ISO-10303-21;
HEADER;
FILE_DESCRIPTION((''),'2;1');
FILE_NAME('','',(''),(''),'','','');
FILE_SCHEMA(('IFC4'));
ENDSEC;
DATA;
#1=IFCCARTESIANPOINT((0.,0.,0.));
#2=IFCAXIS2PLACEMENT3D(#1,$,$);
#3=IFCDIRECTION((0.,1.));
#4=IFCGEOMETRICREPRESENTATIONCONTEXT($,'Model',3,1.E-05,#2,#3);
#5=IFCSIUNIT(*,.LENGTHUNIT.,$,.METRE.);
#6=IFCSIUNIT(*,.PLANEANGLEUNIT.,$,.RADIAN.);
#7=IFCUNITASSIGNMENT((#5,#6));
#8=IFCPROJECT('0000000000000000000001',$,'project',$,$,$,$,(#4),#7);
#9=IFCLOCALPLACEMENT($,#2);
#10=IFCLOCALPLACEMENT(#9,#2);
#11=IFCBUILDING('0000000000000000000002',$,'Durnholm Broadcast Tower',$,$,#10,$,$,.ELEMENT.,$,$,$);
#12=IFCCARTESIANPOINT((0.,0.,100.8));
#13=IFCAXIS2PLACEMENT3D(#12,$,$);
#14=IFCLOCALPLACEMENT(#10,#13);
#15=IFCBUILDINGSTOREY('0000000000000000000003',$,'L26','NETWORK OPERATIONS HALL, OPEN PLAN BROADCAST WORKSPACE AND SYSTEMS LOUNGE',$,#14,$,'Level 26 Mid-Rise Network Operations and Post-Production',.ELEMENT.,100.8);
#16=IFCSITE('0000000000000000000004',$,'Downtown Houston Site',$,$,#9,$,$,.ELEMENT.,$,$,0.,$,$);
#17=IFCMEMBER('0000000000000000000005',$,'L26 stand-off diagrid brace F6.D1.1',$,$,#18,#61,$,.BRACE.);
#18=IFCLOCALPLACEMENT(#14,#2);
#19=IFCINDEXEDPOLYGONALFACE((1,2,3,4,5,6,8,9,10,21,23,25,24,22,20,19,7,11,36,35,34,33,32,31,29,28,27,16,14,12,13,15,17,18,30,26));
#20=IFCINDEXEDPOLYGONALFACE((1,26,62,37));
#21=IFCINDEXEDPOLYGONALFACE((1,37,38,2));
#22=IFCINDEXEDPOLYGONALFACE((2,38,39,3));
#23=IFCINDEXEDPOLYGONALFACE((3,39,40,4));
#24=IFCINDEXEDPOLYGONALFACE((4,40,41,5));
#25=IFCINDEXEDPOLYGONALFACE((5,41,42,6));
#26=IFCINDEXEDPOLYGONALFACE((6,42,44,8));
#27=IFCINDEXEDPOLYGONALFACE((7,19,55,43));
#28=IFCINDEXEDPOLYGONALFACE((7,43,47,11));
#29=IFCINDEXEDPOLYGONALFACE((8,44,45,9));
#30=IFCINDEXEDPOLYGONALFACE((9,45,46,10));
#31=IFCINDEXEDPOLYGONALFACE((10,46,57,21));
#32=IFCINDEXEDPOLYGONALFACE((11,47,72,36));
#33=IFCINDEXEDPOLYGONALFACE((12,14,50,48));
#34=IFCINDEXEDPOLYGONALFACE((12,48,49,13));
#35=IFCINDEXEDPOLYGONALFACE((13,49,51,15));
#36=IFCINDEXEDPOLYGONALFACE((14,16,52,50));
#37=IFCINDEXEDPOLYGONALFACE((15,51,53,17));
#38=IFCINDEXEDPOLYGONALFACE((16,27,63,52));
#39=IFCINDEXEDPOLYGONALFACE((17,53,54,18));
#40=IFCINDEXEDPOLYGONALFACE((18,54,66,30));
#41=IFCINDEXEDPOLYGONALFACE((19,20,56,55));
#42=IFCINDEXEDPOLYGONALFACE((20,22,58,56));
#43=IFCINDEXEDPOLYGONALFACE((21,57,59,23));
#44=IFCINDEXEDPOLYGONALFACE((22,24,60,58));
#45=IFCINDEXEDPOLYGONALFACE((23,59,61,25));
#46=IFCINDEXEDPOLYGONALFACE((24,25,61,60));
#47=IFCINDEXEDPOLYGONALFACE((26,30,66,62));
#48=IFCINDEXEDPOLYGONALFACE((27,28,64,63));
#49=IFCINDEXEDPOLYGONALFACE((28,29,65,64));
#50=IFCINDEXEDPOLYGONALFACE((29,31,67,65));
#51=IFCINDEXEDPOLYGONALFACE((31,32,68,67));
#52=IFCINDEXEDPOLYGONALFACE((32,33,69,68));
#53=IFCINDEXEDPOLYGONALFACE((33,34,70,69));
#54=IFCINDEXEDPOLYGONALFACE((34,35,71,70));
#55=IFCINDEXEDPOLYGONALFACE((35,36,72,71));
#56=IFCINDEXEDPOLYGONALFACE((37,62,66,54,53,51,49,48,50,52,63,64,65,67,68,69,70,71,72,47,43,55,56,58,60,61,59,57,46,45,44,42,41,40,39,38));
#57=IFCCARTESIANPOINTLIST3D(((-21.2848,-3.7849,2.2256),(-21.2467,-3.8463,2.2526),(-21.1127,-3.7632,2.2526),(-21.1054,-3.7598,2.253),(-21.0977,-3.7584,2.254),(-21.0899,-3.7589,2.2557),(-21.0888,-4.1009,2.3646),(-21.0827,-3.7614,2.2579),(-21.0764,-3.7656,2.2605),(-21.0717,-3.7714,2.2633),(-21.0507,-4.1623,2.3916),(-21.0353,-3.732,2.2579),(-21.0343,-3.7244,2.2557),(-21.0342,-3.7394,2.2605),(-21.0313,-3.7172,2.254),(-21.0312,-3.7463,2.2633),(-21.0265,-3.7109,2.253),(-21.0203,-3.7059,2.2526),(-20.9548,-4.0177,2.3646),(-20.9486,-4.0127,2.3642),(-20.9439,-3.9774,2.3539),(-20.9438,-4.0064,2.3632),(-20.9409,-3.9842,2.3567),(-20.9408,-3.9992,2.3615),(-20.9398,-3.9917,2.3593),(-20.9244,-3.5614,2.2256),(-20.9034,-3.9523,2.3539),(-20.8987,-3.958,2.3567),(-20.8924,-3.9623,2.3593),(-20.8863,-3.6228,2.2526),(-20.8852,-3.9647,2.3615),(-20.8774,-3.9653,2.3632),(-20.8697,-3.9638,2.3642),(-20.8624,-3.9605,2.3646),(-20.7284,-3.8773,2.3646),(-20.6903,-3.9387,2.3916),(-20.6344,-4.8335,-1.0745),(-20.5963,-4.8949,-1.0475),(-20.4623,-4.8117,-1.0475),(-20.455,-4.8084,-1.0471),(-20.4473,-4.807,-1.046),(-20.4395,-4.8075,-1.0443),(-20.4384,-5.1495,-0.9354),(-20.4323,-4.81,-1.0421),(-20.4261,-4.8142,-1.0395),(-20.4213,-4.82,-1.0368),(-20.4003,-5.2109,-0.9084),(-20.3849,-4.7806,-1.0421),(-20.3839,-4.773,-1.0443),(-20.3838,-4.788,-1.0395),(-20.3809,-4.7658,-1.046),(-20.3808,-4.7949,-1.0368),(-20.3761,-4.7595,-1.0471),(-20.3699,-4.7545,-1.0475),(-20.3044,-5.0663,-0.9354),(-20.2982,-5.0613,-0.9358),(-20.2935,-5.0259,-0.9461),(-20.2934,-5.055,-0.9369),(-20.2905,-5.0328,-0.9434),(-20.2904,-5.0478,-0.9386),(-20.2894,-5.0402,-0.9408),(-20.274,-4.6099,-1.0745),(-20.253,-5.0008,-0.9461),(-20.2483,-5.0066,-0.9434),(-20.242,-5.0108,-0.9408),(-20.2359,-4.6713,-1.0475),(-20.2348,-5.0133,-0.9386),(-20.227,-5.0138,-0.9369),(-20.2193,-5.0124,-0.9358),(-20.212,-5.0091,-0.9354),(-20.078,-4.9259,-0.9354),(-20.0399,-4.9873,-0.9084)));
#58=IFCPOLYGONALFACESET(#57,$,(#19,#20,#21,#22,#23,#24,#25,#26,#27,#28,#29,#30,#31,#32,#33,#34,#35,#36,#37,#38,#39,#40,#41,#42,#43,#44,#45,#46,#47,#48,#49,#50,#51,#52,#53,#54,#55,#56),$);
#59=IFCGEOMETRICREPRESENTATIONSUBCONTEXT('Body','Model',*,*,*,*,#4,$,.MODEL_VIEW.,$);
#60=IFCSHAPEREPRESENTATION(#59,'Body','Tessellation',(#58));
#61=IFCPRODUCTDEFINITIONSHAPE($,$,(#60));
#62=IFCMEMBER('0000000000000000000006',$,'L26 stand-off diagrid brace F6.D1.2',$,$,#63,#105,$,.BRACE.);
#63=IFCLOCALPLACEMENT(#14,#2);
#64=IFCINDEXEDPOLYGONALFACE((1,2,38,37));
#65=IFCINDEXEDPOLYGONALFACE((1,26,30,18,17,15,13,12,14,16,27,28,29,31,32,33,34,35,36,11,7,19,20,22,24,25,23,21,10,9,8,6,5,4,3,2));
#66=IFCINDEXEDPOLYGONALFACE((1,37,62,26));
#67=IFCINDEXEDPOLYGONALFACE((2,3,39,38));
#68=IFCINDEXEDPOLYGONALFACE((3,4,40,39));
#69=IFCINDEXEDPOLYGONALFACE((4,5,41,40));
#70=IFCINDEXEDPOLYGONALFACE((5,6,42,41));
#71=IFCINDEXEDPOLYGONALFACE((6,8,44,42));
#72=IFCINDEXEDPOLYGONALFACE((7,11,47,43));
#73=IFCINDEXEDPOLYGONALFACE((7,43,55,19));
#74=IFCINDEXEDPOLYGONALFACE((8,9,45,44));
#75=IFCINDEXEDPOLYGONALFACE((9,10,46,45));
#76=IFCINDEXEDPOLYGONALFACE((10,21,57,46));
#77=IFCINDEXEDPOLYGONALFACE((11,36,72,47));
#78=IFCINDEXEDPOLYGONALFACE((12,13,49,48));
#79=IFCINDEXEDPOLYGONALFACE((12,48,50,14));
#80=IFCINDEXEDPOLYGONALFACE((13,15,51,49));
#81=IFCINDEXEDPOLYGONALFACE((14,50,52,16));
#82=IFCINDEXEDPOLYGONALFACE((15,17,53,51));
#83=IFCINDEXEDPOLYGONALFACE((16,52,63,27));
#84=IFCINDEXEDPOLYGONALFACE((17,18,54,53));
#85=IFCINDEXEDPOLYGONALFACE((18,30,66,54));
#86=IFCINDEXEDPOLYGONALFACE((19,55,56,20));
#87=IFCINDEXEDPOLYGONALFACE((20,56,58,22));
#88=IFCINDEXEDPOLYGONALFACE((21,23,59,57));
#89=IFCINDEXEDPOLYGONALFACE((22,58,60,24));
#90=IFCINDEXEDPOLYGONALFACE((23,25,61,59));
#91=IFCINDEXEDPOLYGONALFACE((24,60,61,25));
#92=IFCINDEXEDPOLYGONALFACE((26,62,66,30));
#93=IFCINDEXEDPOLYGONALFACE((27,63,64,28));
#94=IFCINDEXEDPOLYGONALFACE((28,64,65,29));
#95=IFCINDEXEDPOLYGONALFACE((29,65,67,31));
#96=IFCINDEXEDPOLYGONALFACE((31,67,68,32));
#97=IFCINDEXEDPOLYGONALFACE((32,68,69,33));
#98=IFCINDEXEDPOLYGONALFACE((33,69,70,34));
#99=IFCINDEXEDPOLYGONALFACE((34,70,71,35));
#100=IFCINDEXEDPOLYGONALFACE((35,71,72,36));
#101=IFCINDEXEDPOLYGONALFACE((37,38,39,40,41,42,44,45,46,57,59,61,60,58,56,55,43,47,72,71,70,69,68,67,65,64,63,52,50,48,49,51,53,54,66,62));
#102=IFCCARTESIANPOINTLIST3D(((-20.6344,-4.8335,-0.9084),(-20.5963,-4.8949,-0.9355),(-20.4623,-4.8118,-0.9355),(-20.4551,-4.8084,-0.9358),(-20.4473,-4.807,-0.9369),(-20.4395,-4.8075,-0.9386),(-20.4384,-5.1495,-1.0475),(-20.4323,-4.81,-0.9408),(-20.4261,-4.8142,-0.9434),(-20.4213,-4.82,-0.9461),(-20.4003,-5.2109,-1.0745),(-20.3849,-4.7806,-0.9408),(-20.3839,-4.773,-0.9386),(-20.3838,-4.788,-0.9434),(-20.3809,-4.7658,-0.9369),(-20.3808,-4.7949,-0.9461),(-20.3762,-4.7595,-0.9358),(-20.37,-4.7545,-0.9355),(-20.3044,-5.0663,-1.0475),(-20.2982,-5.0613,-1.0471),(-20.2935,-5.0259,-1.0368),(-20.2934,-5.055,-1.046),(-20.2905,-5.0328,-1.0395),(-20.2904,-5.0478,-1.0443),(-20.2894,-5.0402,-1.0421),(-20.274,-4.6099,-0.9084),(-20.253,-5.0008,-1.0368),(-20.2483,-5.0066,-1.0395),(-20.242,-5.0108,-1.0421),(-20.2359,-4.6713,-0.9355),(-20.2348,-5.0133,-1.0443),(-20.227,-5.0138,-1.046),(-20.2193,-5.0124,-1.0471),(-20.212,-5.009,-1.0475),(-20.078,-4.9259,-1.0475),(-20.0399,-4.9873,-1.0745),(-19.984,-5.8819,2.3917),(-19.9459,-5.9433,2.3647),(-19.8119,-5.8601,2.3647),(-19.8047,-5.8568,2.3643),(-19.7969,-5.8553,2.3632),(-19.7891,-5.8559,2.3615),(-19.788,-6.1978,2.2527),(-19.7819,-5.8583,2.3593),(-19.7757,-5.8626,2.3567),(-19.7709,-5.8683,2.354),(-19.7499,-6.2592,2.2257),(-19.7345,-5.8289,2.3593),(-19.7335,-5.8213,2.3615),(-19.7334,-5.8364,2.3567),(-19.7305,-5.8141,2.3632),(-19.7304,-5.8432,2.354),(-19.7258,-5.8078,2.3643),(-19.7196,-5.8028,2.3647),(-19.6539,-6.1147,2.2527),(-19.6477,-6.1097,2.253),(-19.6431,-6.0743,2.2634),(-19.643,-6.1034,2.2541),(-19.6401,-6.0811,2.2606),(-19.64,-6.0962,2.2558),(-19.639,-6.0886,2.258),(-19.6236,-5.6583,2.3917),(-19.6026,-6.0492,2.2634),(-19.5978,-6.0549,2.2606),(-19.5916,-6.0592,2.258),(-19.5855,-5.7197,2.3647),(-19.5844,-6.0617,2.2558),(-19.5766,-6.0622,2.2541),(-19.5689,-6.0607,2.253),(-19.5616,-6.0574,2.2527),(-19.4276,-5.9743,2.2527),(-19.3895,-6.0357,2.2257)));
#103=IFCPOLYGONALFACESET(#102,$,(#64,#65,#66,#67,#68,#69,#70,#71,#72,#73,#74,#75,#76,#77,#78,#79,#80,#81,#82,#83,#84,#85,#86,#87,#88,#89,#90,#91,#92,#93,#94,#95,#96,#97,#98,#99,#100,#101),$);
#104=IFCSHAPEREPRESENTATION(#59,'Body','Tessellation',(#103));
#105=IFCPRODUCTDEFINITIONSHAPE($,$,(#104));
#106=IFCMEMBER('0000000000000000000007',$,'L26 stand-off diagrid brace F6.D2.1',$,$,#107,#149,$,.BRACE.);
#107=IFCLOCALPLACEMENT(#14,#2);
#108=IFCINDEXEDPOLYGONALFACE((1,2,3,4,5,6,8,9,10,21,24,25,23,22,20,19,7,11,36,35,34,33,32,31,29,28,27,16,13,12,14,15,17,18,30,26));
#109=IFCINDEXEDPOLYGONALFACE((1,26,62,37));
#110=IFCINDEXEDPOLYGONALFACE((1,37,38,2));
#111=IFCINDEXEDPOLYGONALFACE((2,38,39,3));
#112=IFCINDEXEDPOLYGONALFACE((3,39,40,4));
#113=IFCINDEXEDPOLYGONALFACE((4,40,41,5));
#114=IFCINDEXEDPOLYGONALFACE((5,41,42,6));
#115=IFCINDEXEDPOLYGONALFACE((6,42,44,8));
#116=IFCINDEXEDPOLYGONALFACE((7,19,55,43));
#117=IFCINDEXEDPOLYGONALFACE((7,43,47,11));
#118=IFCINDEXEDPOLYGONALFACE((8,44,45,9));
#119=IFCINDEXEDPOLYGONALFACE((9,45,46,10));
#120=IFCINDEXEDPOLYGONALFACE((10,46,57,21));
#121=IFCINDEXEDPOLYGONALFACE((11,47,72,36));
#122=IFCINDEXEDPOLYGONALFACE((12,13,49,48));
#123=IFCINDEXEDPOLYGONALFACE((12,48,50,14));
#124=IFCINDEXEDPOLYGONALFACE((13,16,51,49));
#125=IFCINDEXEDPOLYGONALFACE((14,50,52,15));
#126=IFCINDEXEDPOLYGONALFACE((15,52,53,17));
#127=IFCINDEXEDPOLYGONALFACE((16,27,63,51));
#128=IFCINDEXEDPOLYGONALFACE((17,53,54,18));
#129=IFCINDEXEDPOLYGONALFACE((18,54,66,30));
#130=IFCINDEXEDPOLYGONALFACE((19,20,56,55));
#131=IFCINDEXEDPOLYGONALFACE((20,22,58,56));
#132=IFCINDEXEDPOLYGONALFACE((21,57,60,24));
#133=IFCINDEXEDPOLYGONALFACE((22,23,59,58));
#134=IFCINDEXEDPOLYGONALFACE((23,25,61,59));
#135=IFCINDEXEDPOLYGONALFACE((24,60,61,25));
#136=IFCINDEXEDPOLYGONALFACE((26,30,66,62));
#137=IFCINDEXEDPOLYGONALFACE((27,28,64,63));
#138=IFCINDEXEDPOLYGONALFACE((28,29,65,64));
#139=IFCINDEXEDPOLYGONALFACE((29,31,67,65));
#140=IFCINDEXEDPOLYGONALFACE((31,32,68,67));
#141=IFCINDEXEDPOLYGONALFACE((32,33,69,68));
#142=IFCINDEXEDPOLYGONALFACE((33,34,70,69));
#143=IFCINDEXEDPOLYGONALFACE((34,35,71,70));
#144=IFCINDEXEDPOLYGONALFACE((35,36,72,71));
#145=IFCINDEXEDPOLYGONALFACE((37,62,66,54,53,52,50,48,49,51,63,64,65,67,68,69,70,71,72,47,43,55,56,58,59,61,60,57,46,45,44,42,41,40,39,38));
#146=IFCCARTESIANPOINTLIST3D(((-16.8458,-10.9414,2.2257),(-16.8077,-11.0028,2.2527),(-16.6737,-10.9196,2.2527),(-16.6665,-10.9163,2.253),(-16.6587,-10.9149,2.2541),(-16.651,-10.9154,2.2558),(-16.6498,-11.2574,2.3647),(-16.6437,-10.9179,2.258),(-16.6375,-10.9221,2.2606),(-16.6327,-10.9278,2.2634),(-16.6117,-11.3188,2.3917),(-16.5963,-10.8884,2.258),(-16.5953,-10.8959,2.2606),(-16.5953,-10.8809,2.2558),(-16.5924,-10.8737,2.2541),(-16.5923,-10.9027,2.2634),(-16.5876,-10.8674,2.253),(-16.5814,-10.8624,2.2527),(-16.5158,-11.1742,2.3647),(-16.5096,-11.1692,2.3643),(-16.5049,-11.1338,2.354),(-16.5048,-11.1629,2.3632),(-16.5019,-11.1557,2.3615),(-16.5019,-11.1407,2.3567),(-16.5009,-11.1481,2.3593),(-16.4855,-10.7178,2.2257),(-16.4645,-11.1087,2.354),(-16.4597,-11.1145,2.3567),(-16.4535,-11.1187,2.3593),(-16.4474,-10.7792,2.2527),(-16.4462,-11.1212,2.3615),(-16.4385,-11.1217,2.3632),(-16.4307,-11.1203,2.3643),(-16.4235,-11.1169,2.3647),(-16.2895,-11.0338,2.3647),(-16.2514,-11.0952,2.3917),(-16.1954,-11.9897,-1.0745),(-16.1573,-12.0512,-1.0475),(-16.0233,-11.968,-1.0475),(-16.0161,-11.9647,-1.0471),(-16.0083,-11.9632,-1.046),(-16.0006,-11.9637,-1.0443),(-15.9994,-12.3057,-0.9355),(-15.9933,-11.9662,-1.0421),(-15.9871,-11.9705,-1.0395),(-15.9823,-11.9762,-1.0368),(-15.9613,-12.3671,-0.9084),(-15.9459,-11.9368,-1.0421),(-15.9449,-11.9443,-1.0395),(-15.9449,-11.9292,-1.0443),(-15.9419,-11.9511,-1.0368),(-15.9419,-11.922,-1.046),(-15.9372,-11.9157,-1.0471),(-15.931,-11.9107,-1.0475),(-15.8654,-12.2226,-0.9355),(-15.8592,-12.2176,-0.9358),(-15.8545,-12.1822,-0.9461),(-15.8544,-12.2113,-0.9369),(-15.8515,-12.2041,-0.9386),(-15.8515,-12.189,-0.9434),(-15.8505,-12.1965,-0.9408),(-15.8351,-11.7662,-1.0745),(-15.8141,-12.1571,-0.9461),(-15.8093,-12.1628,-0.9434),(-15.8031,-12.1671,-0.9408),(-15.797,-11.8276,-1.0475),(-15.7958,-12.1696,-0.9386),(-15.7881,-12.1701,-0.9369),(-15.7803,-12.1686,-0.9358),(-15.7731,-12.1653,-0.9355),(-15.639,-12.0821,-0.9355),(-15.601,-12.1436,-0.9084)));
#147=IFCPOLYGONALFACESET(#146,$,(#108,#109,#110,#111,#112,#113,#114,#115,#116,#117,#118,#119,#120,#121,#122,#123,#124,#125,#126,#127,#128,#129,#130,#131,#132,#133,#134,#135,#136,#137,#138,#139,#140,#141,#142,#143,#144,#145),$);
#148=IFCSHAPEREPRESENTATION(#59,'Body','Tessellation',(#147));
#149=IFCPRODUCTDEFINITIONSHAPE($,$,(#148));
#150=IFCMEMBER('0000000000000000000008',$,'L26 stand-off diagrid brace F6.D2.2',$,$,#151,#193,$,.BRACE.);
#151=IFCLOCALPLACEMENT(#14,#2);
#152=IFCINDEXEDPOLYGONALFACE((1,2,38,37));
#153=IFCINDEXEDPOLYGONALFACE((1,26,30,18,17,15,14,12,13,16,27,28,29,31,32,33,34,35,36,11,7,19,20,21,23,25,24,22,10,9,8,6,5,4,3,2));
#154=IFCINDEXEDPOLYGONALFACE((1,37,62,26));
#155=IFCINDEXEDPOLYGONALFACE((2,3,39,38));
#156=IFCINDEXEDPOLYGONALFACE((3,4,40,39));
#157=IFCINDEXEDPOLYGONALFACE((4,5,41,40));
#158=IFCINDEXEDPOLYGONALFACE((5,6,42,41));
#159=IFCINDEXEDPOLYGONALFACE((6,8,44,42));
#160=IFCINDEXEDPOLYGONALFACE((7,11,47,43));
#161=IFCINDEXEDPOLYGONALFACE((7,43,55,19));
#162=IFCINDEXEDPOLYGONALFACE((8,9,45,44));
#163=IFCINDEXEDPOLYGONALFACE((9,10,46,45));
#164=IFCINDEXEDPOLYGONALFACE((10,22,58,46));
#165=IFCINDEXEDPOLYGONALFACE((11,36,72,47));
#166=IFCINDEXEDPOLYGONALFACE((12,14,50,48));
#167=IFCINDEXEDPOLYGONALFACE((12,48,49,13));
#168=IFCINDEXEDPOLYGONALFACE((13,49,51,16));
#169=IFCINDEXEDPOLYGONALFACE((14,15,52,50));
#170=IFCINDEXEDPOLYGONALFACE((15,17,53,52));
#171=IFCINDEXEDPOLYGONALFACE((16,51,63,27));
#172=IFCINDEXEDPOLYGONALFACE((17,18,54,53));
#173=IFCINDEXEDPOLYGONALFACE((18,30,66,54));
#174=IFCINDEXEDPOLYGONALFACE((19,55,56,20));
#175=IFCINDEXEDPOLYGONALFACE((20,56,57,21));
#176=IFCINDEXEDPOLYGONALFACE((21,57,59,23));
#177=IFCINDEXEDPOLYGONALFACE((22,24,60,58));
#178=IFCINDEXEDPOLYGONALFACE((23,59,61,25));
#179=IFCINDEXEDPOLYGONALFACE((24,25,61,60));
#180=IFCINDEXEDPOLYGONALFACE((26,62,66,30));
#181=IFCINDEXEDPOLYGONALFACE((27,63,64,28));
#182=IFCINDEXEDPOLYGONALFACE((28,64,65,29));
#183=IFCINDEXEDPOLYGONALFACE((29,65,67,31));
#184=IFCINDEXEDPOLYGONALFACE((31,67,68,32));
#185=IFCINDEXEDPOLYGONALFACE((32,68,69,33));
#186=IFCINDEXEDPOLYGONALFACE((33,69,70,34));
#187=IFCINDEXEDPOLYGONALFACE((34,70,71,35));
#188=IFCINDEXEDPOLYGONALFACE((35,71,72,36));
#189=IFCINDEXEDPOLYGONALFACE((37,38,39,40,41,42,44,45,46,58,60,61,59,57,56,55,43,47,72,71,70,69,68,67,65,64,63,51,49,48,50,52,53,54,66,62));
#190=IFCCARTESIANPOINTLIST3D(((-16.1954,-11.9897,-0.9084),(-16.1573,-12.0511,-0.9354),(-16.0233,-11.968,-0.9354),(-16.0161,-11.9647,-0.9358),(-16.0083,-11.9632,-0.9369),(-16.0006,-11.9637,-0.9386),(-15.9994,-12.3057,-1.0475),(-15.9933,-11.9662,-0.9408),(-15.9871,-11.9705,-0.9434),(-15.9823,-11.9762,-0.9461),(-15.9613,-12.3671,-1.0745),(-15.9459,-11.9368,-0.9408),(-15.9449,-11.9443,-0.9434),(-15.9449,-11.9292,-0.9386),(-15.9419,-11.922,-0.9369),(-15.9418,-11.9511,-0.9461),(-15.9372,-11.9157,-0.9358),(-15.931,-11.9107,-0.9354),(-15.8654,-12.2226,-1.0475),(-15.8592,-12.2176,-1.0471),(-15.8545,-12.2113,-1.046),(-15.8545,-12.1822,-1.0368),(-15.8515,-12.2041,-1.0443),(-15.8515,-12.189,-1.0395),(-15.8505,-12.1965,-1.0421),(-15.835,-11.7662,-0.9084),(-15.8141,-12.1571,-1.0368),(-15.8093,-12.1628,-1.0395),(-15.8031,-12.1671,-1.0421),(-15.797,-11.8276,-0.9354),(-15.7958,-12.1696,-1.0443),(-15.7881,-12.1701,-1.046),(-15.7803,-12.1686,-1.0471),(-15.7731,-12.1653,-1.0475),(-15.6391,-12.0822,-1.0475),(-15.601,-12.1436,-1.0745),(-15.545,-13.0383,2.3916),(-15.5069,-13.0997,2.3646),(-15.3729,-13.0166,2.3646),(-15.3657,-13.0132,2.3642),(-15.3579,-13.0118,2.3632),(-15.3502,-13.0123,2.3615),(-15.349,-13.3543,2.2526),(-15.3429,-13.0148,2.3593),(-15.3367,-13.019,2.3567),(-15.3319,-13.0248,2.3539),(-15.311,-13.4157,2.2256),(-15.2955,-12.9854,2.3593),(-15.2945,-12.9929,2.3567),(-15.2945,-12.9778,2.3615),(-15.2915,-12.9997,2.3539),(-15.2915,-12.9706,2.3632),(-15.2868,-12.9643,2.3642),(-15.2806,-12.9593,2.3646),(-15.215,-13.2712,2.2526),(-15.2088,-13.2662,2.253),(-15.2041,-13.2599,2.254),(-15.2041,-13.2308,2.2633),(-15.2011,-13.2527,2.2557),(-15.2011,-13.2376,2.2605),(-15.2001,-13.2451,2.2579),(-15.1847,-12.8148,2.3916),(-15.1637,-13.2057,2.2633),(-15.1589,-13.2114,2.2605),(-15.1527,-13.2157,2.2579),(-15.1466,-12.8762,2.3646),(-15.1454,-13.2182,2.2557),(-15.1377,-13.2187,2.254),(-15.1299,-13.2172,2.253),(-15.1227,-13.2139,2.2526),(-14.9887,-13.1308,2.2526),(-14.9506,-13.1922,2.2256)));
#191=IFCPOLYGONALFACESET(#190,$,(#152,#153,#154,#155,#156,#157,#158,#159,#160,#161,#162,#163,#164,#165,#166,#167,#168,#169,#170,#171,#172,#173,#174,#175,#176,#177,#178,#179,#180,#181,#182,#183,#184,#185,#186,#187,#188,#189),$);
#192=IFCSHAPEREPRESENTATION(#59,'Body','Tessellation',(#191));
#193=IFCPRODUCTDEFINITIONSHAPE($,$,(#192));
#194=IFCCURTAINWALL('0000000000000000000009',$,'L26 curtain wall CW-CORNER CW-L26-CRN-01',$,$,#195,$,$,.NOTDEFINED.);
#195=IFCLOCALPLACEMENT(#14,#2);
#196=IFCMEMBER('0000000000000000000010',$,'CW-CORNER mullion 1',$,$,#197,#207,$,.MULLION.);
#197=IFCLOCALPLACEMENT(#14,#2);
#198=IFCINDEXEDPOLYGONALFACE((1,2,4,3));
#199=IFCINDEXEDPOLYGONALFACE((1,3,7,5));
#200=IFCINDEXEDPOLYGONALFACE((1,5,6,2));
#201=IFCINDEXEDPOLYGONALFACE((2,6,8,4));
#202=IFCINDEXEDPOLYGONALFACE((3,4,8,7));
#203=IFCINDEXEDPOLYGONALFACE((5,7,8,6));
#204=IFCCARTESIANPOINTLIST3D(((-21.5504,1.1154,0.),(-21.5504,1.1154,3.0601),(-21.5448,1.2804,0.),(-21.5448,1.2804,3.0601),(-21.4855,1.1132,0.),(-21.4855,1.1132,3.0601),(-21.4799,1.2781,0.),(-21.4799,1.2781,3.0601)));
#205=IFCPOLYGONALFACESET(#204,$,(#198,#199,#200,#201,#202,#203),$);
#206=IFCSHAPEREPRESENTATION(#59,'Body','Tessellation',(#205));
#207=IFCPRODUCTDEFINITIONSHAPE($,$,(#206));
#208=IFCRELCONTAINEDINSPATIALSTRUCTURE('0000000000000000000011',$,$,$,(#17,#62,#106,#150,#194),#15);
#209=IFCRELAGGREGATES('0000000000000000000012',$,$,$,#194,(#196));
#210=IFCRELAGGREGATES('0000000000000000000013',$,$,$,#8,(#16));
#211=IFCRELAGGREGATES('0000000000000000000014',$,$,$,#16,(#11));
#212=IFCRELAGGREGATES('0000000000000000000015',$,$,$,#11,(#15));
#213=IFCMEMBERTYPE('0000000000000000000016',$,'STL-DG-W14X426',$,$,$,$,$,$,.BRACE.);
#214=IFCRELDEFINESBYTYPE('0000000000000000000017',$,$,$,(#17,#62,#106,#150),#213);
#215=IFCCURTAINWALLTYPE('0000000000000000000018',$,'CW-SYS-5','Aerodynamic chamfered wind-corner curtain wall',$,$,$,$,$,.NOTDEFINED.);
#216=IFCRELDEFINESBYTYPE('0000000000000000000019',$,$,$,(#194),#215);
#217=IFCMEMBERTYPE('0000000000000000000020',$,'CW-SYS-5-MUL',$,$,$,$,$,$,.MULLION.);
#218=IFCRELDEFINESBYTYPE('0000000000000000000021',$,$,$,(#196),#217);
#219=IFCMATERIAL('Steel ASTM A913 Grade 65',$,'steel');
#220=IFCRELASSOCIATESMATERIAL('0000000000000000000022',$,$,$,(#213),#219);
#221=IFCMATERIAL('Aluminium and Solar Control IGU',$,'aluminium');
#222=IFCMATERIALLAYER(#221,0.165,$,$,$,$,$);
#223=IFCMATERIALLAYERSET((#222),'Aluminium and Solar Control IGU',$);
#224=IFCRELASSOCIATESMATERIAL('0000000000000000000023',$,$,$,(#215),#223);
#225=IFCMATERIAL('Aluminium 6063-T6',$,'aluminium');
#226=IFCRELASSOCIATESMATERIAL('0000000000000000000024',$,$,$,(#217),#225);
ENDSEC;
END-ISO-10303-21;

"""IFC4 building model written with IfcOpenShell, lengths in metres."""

from ifc_helpers import new_model, si_unit, direction, frame, origin, origin_2d, place, context, subcontext, project, spatial, rectangle, i_section, extrude, source, transform, mapped, material, layer, layer_set, material_profile, profile_set, type_object, type_shapes, element, aggregate, save


model = new_model("IFC4")

# Units and contexts
model_context = context("Model", 3, precision=1e-05, world=origin(), true_north=direction((0.0, 1.0)))
body_context = subcontext(model_context, "Body", "Model", "MODEL_VIEW")
ifc_project = project(units=[si_unit("LENGTHUNIT", "METRE"), si_unit("PLANEANGLEUNIT", "RADIAN")], contexts=[model_context])

# Site, building, storey
site_placement = place(None, origin())
site = spatial("IfcSite", under=ifc_project, at=site_placement, Name="Downtown Houston Site", CompositionType="ELEMENT", RefElevation=0.0)
building_placement = place(site_placement, origin())
building = spatial("IfcBuilding", under=site, at=building_placement, Name="Durnholm Broadcast Tower", CompositionType="ELEMENT")
storey_placement = place(building_placement, frame((0.0, 0.0, 100.8)))
storey = spatial("IfcBuildingStorey", under=building, at=storey_placement, Name="L26", Description="NETWORK OPERATIONS HALL, OPEN PLAN BROADCAST WORKSPACE AND SYSTEMS LOUNGE", LongName="Level 26 Mid-Rise Network Operations and Post-Production", CompositionType="ELEMENT", Elevation=100.8)

# Members
ifc_material_1 = material(Name="Steel ASTM A913 Grade 65", Category="steel")
ifc_material_profile_1 = material_profile(ifc_material_1, i_section(OverallWidth=0.4241, OverallDepth=0.4741, WebThickness=0.0476, FlangeThickness=0.0771, FilletRadius=0.0305, at=origin_2d()), Name="W14X426")
ifc_profile_set_1 = profile_set([ifc_material_profile_1], Name="Steel ASTM A913 Grade 65")
member_type_1 = type_object("IfcMemberType", Name="STL-DG-W14X426", PredefinedType="BRACE", material=ifc_profile_set_1)
shared_shape_1 = source(origin(), body_context, "Body", "SweptSolid", [
    extrude(i_section(OverallWidth=0.4241, OverallDepth=0.4741, WebThickness=0.0476, FlangeThickness=0.0771, FilletRadius=0.0305, at=origin_2d()), origin(), (0.0, 0.0, 1.0), 3.5232),
])
type_shapes(member_type_1, [shared_shape_1])
for number, where, z_axis, x_axis, name in (
    (1, (-20.3372, -4.9104, -0.9915), (-0.184603, 0.297624, 0.936665), (-0.849805, -0.527097, 0.0), "L26 stand-off diagrid brace F6.D1.1"),
    (2, (-20.3372, -4.9104, -0.9915), (0.184607, -0.29756, 0.936685), (0.84975, 0.527186, 0.0), "L26 stand-off diagrid brace F6.D1.2"),
    (3, (-15.8982, -12.0667, -0.9915), (-0.184607, 0.29756, 0.936685), (-0.84975, -0.527186, 0.0), "L26 stand-off diagrid brace F6.D2.1"),
    (4, (-15.8982, -12.0667, -0.9915), (0.184603, -0.297624, 0.936665), (0.849805, 0.527097, 0.0), "L26 stand-off diagrid brace F6.D2.2"),
):
    element("IfcMember", number, at=place(storey_placement, frame(where, z_axis=z_axis, x_axis=x_axis)), inside=storey, type_object=member_type_1, Name=name, PredefinedType="BRACE", context=body_context, shape_type="MappedRepresentation", body=[
        mapped(shared_shape_1, transform((0.0, 0.0, 0.0), x_axis=(1.0, 0.0, 0.0), y_axis=(0.0, 1.0, 0.0), z_axis=(0.0, 0.0, 1.0), scale=1.0)),
    ])

# Curtain wall, member
ifc_material_2 = material(Name="Aluminium and Solar Control IGU", Category="aluminium")
ifc_layer_1 = layer(ifc_material_2, 0.165)
ifc_layer_set_1 = layer_set([ifc_layer_1], Name="Aluminium and Solar Control IGU")
curtain_wall_type_1 = type_object("IfcCurtainWallType", Name="CW-SYS-5", Description="Aerodynamic chamfered wind-corner curtain wall", PredefinedType="NOTDEFINED", material=ifc_layer_set_1)
curtain_wall_1_placement = place(storey_placement, origin())
curtain_wall_1 = element("IfcCurtainWall", 5, at=curtain_wall_1_placement, inside=storey, type_object=curtain_wall_type_1, Name="L26 curtain wall CW-CORNER CW-L26-CRN-01", PredefinedType="NOTDEFINED")
ifc_material_3 = material(Name="Aluminium 6063-T6", Category="aluminium")
ifc_material_profile_2 = material_profile(ifc_material_3, rectangle(XDim=0.0649, YDim=0.165, at=origin_2d()), Name="CWM65X165")
ifc_profile_set_2 = profile_set([ifc_material_profile_2], Name="Aluminium 6063-T6")
member_type_2 = type_object("IfcMemberType", Name="CW-SYS-5-MUL", PredefinedType="MULLION", material=ifc_profile_set_2)
shared_shape_2 = source(origin(), body_context, "Body", "SweptSolid", [
    extrude(rectangle(XDim=0.0649, YDim=0.165, at=origin_2d()), origin(), (0.0, 0.0, 1.0), 3.0601),
])
type_shapes(member_type_2, [shared_shape_2])
member_1_placement = place(storey_placement, frame((-21.5151, 1.1968, 0.0), z_axis=(0.0, 0.0, 1.0), x_axis=(-0.999425, 0.033917, 0.0)))
member_1 = element("IfcMember", 6, at=member_1_placement, type_object=member_type_2, Name="CW-CORNER mullion 1", PredefinedType="MULLION", context=body_context, shape_type="MappedRepresentation", body=[
    mapped(shared_shape_2, transform((0.0, 0.0, 0.0), x_axis=(1.0, 0.0, 0.0), y_axis=(0.0, 1.0, 0.0), z_axis=(0.0, 0.0, 1.0), scale=1.0)),
])
aggregate(curtain_wall_1, [member_1])

save(model, "model.ifc")
